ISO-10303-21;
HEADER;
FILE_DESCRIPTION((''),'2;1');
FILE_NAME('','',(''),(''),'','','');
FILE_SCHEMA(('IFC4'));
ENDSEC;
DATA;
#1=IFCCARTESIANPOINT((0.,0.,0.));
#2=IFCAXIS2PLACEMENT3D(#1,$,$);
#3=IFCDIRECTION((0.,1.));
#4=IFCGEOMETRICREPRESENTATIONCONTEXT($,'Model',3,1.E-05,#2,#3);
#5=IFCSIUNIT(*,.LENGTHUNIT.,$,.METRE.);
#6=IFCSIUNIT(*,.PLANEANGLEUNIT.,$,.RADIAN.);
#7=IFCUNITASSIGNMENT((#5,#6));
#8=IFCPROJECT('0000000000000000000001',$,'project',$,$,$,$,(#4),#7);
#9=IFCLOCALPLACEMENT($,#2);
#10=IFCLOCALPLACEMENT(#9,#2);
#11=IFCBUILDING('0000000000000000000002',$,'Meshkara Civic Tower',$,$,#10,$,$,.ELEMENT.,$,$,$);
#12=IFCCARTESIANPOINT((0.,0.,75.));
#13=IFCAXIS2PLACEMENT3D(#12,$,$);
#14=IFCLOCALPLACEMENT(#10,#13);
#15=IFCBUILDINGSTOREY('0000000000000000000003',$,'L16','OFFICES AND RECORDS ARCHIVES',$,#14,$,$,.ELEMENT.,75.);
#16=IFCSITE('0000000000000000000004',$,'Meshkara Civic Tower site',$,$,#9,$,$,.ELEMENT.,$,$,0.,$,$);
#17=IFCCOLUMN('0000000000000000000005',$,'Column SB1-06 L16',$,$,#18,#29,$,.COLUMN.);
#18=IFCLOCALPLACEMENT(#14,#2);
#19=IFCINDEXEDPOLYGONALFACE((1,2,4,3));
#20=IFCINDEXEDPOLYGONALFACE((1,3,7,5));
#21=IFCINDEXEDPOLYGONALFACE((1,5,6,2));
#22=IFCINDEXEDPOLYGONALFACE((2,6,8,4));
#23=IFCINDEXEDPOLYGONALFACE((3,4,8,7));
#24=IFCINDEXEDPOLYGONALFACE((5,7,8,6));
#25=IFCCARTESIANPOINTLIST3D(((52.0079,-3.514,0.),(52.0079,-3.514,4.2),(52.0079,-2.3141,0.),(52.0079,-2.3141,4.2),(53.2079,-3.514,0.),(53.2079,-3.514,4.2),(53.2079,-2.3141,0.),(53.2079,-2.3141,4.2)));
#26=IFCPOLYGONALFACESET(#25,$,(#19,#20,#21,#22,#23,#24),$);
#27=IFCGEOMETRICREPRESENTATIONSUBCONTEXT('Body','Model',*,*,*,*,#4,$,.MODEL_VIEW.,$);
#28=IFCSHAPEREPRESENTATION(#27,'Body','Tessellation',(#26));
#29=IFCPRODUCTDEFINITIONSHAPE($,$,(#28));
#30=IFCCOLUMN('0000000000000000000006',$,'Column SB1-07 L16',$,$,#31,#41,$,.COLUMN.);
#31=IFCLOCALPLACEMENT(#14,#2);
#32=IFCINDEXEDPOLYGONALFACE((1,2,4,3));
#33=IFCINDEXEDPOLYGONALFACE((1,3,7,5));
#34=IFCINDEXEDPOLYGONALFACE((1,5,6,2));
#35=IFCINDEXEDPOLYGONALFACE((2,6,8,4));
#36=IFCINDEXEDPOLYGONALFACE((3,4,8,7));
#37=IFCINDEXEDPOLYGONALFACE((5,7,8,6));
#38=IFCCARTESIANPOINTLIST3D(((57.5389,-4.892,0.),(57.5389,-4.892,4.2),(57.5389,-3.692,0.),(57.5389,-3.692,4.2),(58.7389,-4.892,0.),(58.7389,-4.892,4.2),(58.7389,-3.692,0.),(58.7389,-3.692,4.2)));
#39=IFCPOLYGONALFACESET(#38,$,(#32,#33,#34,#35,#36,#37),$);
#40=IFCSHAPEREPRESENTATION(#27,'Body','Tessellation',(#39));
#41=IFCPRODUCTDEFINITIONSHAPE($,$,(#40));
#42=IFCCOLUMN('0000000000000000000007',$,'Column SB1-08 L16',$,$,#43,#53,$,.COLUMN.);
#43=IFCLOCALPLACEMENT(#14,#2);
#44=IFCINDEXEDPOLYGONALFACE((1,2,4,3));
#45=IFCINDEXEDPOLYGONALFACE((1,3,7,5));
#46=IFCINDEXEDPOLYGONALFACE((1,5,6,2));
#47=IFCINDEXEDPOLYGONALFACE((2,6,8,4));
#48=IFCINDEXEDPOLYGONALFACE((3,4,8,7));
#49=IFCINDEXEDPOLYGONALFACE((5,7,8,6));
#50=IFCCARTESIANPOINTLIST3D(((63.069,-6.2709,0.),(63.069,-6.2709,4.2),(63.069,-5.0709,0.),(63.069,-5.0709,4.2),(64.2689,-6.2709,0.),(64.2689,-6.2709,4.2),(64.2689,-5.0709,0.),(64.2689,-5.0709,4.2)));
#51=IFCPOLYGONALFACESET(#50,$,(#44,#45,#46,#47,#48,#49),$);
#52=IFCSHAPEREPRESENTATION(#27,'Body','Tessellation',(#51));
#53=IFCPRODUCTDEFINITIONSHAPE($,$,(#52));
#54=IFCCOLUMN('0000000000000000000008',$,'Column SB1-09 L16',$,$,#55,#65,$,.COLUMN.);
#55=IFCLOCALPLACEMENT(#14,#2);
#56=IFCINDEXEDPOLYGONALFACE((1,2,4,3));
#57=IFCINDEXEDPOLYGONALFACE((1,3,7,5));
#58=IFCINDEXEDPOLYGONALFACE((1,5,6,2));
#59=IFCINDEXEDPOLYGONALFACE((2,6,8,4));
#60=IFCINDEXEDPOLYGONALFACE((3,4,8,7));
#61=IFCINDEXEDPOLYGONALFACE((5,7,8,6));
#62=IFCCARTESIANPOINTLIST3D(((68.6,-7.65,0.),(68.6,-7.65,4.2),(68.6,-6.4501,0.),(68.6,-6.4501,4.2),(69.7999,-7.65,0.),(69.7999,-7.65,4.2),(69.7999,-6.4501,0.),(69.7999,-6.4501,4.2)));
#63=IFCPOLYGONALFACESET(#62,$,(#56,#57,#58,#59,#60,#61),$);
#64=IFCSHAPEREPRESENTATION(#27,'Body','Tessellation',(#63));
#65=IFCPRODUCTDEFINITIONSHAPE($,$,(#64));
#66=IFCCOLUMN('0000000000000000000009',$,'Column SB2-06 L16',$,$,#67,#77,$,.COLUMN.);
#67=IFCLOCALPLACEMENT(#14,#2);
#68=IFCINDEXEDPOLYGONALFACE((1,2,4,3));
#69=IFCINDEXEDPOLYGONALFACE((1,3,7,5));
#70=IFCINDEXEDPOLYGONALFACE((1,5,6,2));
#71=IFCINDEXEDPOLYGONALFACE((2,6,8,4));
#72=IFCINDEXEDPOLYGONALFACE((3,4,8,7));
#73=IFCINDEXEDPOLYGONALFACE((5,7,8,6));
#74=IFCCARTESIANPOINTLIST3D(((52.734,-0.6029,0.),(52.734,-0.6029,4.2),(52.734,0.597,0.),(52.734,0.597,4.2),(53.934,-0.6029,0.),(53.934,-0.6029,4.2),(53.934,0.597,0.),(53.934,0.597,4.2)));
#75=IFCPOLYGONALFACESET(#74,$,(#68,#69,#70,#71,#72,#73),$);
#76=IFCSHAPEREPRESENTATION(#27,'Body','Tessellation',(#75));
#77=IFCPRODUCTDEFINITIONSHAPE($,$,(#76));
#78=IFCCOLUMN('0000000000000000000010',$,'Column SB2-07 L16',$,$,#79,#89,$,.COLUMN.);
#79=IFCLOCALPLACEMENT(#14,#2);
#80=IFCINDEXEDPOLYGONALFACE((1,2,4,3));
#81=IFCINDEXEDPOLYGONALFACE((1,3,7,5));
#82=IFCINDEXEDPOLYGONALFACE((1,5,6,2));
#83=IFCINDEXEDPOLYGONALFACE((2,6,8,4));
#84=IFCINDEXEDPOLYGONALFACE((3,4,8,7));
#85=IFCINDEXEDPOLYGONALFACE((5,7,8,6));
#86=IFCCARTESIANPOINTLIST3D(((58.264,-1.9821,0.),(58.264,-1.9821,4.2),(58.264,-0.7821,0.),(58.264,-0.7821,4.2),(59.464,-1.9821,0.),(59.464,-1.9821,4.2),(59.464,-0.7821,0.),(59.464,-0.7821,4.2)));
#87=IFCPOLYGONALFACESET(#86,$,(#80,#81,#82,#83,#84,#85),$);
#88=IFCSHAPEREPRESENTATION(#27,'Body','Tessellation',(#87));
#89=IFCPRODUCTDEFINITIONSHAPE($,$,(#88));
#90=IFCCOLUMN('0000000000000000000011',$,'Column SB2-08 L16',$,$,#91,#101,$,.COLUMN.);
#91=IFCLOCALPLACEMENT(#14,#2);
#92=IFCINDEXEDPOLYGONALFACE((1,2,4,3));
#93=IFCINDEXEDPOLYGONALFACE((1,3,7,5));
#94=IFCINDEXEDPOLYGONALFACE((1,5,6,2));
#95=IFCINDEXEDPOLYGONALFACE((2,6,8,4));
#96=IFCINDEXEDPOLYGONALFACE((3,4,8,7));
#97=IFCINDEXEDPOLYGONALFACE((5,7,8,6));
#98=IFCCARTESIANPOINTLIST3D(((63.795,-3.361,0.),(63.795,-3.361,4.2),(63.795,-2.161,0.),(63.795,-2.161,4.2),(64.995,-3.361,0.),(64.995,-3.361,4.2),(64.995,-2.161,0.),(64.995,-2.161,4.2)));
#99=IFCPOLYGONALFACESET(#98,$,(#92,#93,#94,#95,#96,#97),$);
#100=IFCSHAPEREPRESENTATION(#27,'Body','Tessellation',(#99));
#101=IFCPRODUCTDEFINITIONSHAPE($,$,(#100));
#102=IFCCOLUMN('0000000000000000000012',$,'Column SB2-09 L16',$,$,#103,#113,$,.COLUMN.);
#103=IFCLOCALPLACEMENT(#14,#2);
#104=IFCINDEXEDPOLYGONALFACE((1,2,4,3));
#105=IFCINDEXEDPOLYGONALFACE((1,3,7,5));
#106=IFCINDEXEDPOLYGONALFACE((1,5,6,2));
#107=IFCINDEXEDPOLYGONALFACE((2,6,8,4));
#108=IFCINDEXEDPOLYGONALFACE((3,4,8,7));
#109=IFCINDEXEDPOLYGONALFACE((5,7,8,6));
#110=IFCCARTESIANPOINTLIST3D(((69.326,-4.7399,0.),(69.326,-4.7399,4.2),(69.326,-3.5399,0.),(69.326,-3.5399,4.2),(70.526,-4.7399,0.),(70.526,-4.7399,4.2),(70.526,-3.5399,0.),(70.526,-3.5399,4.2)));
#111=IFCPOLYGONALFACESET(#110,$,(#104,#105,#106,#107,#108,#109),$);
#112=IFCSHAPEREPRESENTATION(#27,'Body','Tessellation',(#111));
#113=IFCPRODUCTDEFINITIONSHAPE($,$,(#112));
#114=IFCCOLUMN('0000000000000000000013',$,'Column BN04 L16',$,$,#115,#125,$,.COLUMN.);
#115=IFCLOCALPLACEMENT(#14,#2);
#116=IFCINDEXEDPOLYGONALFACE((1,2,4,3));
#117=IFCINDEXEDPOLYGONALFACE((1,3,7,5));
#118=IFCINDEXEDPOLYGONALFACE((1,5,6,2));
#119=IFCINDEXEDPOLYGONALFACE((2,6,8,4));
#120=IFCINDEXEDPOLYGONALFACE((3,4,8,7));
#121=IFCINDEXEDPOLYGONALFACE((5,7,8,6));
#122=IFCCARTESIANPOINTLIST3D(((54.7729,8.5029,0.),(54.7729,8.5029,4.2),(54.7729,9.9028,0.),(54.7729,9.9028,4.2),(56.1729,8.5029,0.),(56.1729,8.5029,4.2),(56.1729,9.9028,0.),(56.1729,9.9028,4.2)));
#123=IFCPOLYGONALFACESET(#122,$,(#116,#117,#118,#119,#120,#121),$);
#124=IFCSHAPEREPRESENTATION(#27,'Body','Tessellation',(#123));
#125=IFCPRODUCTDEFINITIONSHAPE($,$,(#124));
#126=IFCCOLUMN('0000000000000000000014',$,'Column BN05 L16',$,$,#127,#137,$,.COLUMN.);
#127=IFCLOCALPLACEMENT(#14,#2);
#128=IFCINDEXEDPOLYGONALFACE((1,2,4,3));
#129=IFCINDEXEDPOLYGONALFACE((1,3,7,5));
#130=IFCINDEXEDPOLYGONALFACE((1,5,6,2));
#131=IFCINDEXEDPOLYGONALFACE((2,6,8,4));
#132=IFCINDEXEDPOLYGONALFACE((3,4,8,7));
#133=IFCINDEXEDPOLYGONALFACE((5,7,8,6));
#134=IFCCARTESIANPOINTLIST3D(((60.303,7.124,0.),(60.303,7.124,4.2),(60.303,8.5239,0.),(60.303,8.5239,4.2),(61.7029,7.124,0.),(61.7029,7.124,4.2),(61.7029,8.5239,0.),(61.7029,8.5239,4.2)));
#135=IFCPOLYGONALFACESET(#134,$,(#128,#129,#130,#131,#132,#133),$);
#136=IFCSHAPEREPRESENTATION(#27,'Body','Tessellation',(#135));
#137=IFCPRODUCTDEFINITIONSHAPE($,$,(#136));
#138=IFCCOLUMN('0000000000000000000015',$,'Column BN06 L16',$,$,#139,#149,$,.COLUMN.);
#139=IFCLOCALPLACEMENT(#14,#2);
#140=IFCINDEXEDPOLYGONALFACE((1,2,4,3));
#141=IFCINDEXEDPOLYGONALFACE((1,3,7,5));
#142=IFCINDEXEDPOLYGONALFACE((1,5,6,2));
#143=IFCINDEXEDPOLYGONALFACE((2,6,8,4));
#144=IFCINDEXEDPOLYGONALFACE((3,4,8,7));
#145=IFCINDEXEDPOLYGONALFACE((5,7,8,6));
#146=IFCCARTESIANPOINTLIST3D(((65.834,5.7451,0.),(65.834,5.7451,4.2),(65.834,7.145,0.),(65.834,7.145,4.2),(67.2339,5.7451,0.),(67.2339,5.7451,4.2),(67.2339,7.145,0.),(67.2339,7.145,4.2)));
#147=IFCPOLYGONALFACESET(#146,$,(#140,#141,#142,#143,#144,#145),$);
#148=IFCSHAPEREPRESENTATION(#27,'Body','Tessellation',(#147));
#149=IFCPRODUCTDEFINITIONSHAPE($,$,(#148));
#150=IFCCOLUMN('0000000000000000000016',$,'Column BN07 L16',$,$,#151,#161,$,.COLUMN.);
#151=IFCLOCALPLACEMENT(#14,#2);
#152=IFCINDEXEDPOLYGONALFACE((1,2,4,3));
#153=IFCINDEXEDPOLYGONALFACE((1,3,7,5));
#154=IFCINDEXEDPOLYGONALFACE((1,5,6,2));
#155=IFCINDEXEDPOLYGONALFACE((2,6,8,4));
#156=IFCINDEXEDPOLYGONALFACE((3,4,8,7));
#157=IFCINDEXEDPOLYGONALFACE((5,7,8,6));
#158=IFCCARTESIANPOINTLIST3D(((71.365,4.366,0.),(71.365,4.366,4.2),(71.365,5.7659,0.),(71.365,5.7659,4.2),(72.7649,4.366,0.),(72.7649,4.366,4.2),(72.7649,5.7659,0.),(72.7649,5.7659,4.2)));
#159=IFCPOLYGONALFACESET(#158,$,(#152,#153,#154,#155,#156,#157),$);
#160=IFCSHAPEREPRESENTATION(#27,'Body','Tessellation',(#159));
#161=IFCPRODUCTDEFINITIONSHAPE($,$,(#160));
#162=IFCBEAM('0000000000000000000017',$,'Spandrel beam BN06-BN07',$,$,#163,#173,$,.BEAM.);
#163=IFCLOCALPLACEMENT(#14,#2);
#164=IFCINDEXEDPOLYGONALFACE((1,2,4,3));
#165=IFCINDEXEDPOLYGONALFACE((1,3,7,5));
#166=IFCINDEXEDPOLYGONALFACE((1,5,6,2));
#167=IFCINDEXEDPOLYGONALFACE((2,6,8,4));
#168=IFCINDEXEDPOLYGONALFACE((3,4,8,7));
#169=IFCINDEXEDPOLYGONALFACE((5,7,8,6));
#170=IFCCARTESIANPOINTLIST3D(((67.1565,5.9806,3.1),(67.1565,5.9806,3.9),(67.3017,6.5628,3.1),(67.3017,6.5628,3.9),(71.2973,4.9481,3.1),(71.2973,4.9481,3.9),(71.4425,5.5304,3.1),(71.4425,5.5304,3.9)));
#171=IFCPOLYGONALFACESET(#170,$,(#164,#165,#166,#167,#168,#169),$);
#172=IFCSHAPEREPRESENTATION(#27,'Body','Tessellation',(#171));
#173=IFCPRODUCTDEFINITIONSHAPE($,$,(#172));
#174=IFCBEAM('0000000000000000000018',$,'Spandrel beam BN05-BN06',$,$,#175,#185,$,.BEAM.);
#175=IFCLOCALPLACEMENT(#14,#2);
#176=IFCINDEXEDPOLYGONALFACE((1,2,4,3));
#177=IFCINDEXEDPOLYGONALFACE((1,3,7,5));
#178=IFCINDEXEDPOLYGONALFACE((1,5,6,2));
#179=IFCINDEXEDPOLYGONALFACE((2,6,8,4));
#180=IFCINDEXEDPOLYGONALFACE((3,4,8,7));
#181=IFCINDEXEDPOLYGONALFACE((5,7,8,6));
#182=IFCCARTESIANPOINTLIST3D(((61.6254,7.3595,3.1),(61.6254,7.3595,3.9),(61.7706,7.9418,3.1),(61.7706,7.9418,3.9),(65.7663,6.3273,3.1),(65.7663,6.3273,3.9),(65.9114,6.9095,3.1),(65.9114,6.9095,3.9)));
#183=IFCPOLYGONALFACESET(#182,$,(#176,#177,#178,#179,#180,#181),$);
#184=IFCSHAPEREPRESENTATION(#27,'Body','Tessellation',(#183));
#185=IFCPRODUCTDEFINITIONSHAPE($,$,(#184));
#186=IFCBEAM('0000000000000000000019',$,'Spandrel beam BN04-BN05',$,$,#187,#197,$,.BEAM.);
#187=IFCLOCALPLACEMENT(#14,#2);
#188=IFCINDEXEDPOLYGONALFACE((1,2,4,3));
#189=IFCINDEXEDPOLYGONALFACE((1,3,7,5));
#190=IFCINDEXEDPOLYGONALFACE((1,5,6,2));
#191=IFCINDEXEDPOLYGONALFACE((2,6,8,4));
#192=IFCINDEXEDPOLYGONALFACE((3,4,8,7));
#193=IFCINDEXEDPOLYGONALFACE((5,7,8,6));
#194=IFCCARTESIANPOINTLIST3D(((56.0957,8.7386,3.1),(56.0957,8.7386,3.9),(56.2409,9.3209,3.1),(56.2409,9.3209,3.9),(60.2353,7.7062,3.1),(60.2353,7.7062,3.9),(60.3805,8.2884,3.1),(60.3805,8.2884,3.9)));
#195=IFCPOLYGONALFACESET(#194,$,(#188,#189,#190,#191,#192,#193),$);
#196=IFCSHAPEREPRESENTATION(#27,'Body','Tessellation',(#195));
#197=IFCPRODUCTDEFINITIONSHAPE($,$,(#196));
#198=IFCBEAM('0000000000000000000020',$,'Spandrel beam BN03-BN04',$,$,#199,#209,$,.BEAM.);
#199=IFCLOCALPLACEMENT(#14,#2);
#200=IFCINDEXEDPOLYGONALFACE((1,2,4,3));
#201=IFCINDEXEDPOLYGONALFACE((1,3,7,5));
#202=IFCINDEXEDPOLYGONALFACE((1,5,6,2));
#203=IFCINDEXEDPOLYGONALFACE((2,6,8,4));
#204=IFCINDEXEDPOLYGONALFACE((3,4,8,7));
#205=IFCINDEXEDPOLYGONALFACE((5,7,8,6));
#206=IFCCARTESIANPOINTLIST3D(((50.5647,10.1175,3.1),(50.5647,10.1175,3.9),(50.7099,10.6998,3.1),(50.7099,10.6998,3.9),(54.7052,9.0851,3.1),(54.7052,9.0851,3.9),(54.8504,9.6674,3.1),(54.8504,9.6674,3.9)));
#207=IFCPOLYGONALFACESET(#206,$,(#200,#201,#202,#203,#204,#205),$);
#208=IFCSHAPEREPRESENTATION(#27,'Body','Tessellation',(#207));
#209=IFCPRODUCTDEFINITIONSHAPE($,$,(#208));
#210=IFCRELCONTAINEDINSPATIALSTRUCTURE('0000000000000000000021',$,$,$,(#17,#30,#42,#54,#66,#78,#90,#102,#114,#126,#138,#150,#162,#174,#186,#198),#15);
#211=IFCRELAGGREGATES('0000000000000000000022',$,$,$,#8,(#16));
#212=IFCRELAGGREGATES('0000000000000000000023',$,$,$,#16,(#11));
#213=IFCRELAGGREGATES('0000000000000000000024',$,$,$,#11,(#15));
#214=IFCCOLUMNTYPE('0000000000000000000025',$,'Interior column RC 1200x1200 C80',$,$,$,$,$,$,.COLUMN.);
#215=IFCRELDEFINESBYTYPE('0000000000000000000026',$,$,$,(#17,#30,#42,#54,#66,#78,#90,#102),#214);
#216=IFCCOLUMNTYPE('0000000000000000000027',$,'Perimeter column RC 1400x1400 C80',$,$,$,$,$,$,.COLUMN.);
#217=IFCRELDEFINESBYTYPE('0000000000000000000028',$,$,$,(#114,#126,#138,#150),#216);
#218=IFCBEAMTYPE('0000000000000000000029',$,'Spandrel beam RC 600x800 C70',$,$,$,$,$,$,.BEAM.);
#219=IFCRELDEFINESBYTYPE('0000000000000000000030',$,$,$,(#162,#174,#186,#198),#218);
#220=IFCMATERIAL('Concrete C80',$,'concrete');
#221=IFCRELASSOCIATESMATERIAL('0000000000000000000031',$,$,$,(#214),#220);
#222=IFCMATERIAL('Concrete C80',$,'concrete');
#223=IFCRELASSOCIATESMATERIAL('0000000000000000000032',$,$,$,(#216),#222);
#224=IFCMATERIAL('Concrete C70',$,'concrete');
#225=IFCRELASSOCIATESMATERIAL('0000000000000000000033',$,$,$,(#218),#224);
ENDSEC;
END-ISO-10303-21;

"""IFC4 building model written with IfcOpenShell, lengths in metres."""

from ifc_helpers import new_model, si_unit, direction, frame, origin, origin_2d, place, context, subcontext, project, spatial, rectangle, extrude, material, material_profile, profile_set, type_object, element, save


model = new_model("IFC4")

# Units and contexts
model_context = context("Model", 3, precision=1e-05, world=origin(), true_north=direction((0.0, 1.0)))
body_context = subcontext(model_context, "Body", "Model", "MODEL_VIEW")
ifc_project = project(units=[si_unit("LENGTHUNIT", "METRE"), si_unit("PLANEANGLEUNIT", "RADIAN")], contexts=[model_context])

# Site, building, storey
site_placement = place(None, origin())
site = spatial("IfcSite", under=ifc_project, at=site_placement, Name="Meshkara Civic Tower site", CompositionType="ELEMENT", RefElevation=0.0)
building_placement = place(site_placement, origin())
building = spatial("IfcBuilding", under=site, at=building_placement, Name="Meshkara Civic Tower", CompositionType="ELEMENT")
storey_placement = place(building_placement, frame((0.0, 0.0, 75.0)))
storey = spatial("IfcBuildingStorey", under=building, at=storey_placement, Name="L16", Description="OFFICES AND RECORDS ARCHIVES", CompositionType="ELEMENT", Elevation=75.0)

# Columns
ifc_material_1 = material(Name="Concrete C80", Category="concrete")
ifc_material_profile_1 = material_profile(ifc_material_1, rectangle(XDim=1.2, YDim=1.2, at=origin_2d()))
ifc_profile_set_1 = profile_set([ifc_material_profile_1], Name="Concrete C80")
column_type_1 = type_object("IfcColumnType", Name="Interior column RC 1200x1200 C80", PredefinedType="COLUMN", material=ifc_profile_set_1)
for number, where, z_axis, x_axis, name in (
    (1, (52.6079, -2.9141, 0.0), (0.0, 0.0, 1.0), (1.0, 0.0, 0.0), "Column SB1-06 L16"),
    (2, (58.1389, -4.292, 0.0), (0.0, 0.0, 1.0), (1.0, 0.0, 0.0), "Column SB1-07 L16"),
    (3, (63.6689, -5.6709, 0.0), (0.0, 0.0, 1.0), (1.0, 0.0, 0.0), "Column SB1-08 L16"),
    (4, (69.2, -7.05, 0.0), (0.0, 0.0, 1.0), (1.0, 0.0, 0.0), "Column SB1-09 L16"),
    (5, (53.334, -0.0029, 0.0), (0.0, 0.0, 1.0), (1.0, 0.0, 0.0), "Column SB2-06 L16"),
    (6, (58.864, -1.3821, 0.0), (0.0, 0.0, 1.0), (1.0, 0.0, 0.0), "Column SB2-07 L16"),
    (7, (64.395, -2.761, 0.0), (0.0, 0.0, 1.0), (1.0, 0.0, 0.0), "Column SB2-08 L16"),
    (8, (69.926, -4.1399, 0.0), (0.0, 0.0, 1.0), (1.0, 0.0, 0.0), "Column SB2-09 L16"),
):
    element("IfcColumn", number, at=place(storey_placement, frame(where, z_axis=z_axis, x_axis=x_axis)), inside=storey, type_object=column_type_1, Name=name, PredefinedType="COLUMN", context=body_context, shape_type="SweptSolid", body=[
        extrude(rectangle(XDim=1.2, YDim=1.2, at=origin_2d()), origin(), (0.0, 0.0, 1.0), 4.2),
    ])
ifc_material_2 = material(Name="Concrete C80", Category="concrete")
ifc_material_profile_2 = material_profile(ifc_material_2, rectangle(XDim=1.3999, YDim=1.3999, at=origin_2d()))
ifc_profile_set_2 = profile_set([ifc_material_profile_2], Name="Concrete C80")
column_type_2 = type_object("IfcColumnType", Name="Perimeter column RC 1400x1400 C80", PredefinedType="COLUMN", material=ifc_profile_set_2)
for number, where, z_axis, x_axis, name in (
    (9, (55.4729, 9.2029, 0.0), (0.0, 0.0, 1.0), (1.0, 0.0, 0.0), "Column BN04 L16"),
    (10, (61.0029, 7.824, 0.0), (0.0, 0.0, 1.0), (1.0, 0.0, 0.0), "Column BN05 L16"),
    (11, (66.5339, 6.4451, 0.0), (0.0, 0.0, 1.0), (1.0, 0.0, 0.0), "Column BN06 L16"),
    (12, (72.0649, 5.0659, 0.0), (0.0, 0.0, 1.0), (1.0, 0.0, 0.0), "Column BN07 L16"),
):
    element("IfcColumn", number, at=place(storey_placement, frame(where, z_axis=z_axis, x_axis=x_axis)), inside=storey, type_object=column_type_2, Name=name, PredefinedType="COLUMN", context=body_context, shape_type="SweptSolid", body=[
        extrude(rectangle(XDim=1.3999, YDim=1.3999, at=origin_2d()), origin(), (0.0, 0.0, 1.0), 4.2),
    ])

# Beams
ifc_material_3 = material(Name="Concrete C70", Category="concrete")
ifc_material_profile_3 = material_profile(ifc_material_3, rectangle(XDim=0.6001, YDim=0.8, at=origin_2d()))
ifc_profile_set_3 = profile_set([ifc_material_profile_3], Name="Concrete C70")
beam_type = type_object("IfcBeamType", Name="Spandrel beam RC 600x800 C70", PredefinedType="BEAM", material=ifc_profile_set_3)
for number, where, z_axis, x_axis, name in (
    (13, (71.3699, 5.2393, 3.5), (-0.970294, 0.24193, 0.0), (-0.24193, -0.970294, 0.0), "Spandrel beam BN06-BN07"),
    (14, (65.8389, 6.6184, 3.5), (-0.970307, 0.241876, 0.0), (-0.241876, -0.970307, 0.0), "Spandrel beam BN05-BN06"),
):
    element("IfcBeam", number, at=place(storey_placement, frame(where, z_axis=z_axis, x_axis=x_axis)), inside=storey, type_object=beam_type, Name=name, PredefinedType="BEAM", context=body_context, shape_type="SweptSolid", body=[
        extrude(rectangle(XDim=0.6001, YDim=0.8, at=origin_2d()), origin(), (0.0, 0.0, 1.0), 4.2676),
    ])
beam_1_placement = place(storey_placement, frame((60.3079, 7.9973, 3.5), z_axis=(-0.970277, 0.241997, 0.0), x_axis=(-0.241997, -0.970277, 0.0)))
element("IfcBeam", 15, at=beam_1_placement, inside=storey, type_object=beam_type, Name="Spandrel beam BN04-BN05", PredefinedType="BEAM", context=body_context, shape_type="SweptSolid", body=[
    extrude(rectangle(XDim=0.6001, YDim=0.8, at=origin_2d()), origin(), (0.0, 0.0, 1.0), 4.2664),
])
beam_2_placement = place(storey_placement, frame((54.7778, 9.3762, 3.5), z_axis=(-0.97029, 0.241943, 0.0), x_axis=(-0.241943, -0.97029, 0.0)))
element("IfcBeam", 16, at=beam_2_placement, inside=storey, type_object=beam_type, Name="Spandrel beam BN03-BN04", PredefinedType="BEAM", context=body_context, shape_type="SweptSolid", body=[
    extrude(rectangle(XDim=0.6001, YDim=0.8, at=origin_2d()), origin(), (0.0, 0.0, 1.0), 4.2673),
])

save(model, "model.ifc")
